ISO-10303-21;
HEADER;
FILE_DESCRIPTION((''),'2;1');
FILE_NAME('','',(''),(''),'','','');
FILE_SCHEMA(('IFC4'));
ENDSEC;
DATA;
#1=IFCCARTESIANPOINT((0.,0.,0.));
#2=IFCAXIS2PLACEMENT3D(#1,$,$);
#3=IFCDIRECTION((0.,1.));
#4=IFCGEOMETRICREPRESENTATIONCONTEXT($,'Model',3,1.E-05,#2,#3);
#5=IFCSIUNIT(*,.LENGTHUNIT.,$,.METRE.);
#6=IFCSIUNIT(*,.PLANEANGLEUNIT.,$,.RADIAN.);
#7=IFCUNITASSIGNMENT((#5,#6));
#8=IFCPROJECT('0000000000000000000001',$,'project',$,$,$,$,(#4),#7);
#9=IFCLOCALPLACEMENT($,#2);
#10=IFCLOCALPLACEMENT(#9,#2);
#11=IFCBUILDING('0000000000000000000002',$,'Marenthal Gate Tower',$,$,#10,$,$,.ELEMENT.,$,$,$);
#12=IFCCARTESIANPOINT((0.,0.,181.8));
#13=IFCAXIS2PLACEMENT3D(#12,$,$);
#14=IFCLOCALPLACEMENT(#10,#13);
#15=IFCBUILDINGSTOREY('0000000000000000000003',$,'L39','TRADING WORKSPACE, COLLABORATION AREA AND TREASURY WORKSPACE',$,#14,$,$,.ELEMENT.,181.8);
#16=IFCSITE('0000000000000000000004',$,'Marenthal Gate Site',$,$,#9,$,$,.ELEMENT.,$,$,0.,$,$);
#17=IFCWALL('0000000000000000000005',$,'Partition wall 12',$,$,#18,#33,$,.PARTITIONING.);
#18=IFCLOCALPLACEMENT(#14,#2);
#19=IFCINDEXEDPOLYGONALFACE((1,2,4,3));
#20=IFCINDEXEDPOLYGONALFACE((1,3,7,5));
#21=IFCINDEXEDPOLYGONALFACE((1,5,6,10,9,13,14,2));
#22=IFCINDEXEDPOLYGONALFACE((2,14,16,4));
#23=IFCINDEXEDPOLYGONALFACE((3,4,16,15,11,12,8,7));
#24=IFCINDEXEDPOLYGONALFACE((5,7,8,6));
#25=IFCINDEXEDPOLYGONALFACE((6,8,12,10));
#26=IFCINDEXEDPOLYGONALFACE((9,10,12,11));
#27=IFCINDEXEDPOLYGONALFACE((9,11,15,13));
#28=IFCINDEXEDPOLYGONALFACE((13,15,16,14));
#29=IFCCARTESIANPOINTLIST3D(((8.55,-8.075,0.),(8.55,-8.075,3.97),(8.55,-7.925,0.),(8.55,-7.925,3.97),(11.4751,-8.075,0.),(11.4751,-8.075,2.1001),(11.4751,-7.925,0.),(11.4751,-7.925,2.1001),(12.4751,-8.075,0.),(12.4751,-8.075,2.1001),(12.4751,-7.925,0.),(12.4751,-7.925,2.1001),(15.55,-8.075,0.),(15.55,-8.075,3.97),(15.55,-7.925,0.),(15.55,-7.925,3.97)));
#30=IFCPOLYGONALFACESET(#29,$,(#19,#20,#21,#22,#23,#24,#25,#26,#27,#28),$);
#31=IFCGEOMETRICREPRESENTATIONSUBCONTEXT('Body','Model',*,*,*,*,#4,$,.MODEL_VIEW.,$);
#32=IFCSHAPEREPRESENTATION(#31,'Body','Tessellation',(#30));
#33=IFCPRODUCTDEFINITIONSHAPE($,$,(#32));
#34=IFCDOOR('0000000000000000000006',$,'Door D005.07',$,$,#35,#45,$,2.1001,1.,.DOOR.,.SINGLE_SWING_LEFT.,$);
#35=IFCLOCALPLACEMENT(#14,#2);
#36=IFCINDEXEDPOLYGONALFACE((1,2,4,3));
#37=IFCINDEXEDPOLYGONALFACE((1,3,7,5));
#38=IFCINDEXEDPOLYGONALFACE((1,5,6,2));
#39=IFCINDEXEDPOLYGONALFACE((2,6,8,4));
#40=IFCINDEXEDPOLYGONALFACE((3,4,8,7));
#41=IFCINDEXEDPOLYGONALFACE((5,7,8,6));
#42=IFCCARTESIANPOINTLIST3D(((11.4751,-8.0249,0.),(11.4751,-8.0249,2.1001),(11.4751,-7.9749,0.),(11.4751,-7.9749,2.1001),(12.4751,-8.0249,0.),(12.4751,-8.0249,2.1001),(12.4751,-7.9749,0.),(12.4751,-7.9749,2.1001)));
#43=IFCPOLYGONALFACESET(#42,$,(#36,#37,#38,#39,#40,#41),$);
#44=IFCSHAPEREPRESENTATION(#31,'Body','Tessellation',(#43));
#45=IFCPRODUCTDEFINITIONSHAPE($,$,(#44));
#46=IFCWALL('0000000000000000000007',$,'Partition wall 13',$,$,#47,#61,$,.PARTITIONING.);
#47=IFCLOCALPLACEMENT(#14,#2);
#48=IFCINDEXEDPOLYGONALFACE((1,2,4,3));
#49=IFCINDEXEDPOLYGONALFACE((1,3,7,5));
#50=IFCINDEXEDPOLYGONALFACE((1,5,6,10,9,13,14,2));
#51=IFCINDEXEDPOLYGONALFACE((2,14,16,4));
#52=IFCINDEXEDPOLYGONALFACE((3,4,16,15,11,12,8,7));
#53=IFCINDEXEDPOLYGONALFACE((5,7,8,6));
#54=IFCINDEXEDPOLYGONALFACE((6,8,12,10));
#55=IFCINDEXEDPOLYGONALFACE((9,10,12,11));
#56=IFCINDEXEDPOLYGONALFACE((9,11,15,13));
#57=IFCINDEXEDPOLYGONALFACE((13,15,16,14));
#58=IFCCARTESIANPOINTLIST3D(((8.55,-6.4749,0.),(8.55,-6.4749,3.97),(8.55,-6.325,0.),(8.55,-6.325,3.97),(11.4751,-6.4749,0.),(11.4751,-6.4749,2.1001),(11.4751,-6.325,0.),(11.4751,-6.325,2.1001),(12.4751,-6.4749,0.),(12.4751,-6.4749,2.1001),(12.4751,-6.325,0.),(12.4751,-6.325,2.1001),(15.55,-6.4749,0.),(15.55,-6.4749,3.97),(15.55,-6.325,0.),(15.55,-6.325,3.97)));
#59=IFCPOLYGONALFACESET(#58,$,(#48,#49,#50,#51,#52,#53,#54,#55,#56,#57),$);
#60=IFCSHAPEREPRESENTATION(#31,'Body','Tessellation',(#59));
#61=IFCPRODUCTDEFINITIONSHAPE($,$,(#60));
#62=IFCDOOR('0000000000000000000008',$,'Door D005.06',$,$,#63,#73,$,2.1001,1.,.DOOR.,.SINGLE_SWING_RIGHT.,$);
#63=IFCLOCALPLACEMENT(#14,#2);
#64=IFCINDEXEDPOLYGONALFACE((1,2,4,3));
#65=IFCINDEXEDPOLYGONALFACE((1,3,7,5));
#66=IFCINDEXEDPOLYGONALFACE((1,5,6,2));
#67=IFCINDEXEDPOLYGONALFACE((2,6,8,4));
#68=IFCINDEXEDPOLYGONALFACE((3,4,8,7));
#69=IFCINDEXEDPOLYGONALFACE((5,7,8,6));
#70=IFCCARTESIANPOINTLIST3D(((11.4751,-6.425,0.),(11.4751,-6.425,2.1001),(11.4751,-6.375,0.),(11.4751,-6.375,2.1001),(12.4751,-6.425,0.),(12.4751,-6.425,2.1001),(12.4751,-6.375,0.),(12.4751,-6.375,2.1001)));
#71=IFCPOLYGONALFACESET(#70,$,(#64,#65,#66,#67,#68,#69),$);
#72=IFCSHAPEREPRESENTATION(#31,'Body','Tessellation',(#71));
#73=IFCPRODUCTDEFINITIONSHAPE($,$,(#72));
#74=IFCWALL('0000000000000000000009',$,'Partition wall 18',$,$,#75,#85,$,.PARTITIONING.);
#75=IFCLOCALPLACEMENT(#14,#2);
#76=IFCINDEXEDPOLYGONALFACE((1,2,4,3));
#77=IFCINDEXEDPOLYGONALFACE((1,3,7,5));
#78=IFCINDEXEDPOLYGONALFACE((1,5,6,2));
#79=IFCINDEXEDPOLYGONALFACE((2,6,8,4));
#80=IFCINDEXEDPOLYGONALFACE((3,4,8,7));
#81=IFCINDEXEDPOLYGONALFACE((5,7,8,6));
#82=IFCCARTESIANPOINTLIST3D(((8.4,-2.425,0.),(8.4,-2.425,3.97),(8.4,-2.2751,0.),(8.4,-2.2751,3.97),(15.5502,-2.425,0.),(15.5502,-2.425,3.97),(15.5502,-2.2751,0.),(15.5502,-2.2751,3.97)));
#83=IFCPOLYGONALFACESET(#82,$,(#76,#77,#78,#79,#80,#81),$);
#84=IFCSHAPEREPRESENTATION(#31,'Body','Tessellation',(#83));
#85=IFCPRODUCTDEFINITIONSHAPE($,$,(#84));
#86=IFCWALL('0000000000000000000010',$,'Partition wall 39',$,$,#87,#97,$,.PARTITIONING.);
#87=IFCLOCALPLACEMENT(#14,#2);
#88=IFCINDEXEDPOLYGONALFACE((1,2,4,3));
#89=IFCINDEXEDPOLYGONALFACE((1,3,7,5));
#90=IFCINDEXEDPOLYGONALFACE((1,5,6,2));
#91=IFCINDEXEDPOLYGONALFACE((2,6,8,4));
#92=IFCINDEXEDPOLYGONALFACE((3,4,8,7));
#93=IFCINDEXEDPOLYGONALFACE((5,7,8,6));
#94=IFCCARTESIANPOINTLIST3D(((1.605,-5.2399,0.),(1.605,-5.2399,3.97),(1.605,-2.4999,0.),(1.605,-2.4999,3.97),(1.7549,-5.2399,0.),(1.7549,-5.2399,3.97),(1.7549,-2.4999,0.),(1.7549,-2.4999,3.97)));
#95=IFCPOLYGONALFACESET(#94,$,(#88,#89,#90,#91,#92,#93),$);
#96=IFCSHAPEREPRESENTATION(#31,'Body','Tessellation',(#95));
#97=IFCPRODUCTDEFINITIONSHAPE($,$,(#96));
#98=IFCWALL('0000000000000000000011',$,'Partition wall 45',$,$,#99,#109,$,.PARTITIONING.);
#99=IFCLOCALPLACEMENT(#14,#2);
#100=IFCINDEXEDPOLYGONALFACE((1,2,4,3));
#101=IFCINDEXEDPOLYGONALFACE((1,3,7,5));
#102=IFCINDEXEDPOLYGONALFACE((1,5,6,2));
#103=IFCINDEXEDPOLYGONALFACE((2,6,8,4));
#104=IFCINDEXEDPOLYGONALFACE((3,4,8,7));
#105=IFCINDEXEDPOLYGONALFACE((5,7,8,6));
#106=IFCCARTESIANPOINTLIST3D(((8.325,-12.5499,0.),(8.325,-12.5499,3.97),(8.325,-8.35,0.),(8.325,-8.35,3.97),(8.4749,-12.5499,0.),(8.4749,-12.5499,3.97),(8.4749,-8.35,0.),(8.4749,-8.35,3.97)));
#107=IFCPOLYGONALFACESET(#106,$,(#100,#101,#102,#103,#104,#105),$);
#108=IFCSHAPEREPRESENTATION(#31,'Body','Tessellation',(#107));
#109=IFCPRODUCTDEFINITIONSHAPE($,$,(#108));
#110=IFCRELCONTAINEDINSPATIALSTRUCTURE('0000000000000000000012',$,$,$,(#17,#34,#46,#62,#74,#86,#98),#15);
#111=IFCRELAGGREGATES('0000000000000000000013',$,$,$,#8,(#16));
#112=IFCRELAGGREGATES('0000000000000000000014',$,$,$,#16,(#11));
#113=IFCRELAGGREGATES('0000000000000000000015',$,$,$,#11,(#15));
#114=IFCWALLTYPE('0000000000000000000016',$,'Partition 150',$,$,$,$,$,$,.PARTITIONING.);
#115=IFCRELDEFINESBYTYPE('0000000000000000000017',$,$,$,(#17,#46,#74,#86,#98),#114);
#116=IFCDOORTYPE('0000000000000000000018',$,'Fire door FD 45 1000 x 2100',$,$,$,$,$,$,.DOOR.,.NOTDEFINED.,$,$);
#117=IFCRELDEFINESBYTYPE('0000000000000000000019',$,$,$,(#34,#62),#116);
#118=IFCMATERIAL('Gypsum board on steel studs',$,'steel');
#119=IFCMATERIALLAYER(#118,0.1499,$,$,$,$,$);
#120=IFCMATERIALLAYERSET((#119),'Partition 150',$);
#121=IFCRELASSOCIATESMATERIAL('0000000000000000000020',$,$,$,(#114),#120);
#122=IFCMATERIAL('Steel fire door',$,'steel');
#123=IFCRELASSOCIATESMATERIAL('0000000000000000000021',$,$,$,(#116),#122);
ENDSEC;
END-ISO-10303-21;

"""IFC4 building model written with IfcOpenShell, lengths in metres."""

from ifc_helpers import new_model, si_unit, direction, frame, frame_2d, origin, place, context, subcontext, project, spatial, rectangle, extrude, material, layer, layer_set, type_object, element, fill, save


model = new_model("IFC4")

# Units and contexts
model_context = context("Model", 3, precision=1e-05, world=origin(), true_north=direction((0.0, 1.0)))
body_context = subcontext(model_context, "Body", "Model", "MODEL_VIEW")
ifc_project = project(units=[si_unit("LENGTHUNIT", "METRE"), si_unit("PLANEANGLEUNIT", "RADIAN")], contexts=[model_context])

# Site, building, storey
site_placement = place(None, origin())
site = spatial("IfcSite", under=ifc_project, at=site_placement, Name="Marenthal Gate Site", CompositionType="ELEMENT", RefElevation=0.0)
building_placement = place(site_placement, origin())
building = spatial("IfcBuilding", under=site, at=building_placement, Name="Marenthal Gate Tower", CompositionType="ELEMENT")
storey_placement = place(building_placement, frame((0.0, 0.0, 181.8)))
storey = spatial("IfcBuildingStorey", under=building, at=storey_placement, Name="L39", Description="TRADING WORKSPACE, COLLABORATION AREA AND TREASURY WORKSPACE", CompositionType="ELEMENT", Elevation=181.8)

# Walls, openings, doors
ifc_material_1 = material(Name="Gypsum board on steel studs", Category="steel")
ifc_layer_1 = layer(ifc_material_1, 0.1499)
ifc_layer_set_1 = layer_set([ifc_layer_1], Name="Partition 150")
wall_type_1 = type_object("IfcWallType", Name="Partition 150", PredefinedType="PARTITIONING", material=ifc_layer_set_1)
wall_1_placement = place(storey_placement, frame((8.55, -8.0, 0.0), z_axis=(0.0, 0.0, 1.0), x_axis=(1.0, 0.0, 0.0)))
wall_1 = element("IfcWall", 1, at=wall_1_placement, inside=storey, type_object=wall_type_1, Name="Partition wall 12", PredefinedType="PARTITIONING", context=body_context, shape_type="SweptSolid", body=[
    extrude(rectangle(XDim=7.0, YDim=0.1499, at=frame_2d((3.5, 0.0))), origin(), (0.0, 0.0, 1.0), 3.97),
])
opening_1_placement = place(wall_1_placement, frame((2.925, 0.0, 0.0)))
opening_1 = element("IfcOpeningElement", 2, at=opening_1_placement, cuts=wall_1, PredefinedType="OPENING", context=body_context, shape_type="SweptSolid", body=[
    extrude(rectangle(XDim=1.0, YDim=2.1001, at=frame_2d((0.5, 1.05))), frame((0.0, 0.085, 0.0), z_axis=(0.0, -1.0, 0.0), x_axis=(1.0, 0.0, 0.0)), (0.0, 0.0, 1.0), 0.1699),
])
ifc_material_2 = material(Name="Steel fire door", Category="steel")
door_type_1 = type_object("IfcDoorType", Name="Fire door FD 45 1000 x 2100", OperationType="NOTDEFINED", PredefinedType="DOOR", material=ifc_material_2)
door_1_placement = place(opening_1_placement, frame((1.0, 0.0, 0.0), z_axis=(0.0, 0.0, 1.0), x_axis=(-1.0, 0.0, 0.0)))
door_1 = element("IfcDoor", 3, at=door_1_placement, inside=storey, type_object=door_type_1, Name="Door D005.07", OperationType="SINGLE_SWING_LEFT", OverallHeight=2.1001, OverallWidth=1.0, PredefinedType="DOOR", context=body_context, shape_type="SweptSolid", body=[
    extrude(rectangle(XDim=1.0, YDim=2.1001, at=frame_2d((0.5, 1.05))), frame((0.0, 0.0249, 0.0), z_axis=(0.0, -1.0, 0.0), x_axis=(1.0, 0.0, 0.0)), (0.0, 0.0, 1.0), 0.05),
])
fill(opening_1, door_1)
wall_2_placement = place(storey_placement, frame((8.55, -6.3999, 0.0), z_axis=(0.0, 0.0, 1.0), x_axis=(1.0, 0.0, 0.0)))
wall_2 = element("IfcWall", 4, at=wall_2_placement, inside=storey, type_object=wall_type_1, Name="Partition wall 13", PredefinedType="PARTITIONING", context=body_context, shape_type="SweptSolid", body=[
    extrude(rectangle(XDim=7.0, YDim=0.1499, at=frame_2d((3.5, 0.0))), origin(), (0.0, 0.0, 1.0), 3.97),
])
opening_2_placement = place(wall_2_placement, frame((2.925, 0.0, 0.0)))
opening_2 = element("IfcOpeningElement", 5, at=opening_2_placement, cuts=wall_2, PredefinedType="OPENING", context=body_context, shape_type="SweptSolid", body=[
    extrude(rectangle(XDim=1.0, YDim=2.1001, at=frame_2d((0.5, 1.05))), frame((0.0, 0.085, 0.0), z_axis=(0.0, -1.0, 0.0), x_axis=(1.0, 0.0, 0.0)), (0.0, 0.0, 1.0), 0.1699),
])
door_2_placement = place(opening_2_placement, origin())
door_2 = element("IfcDoor", 6, at=door_2_placement, inside=storey, type_object=door_type_1, Name="Door D005.06", OperationType="SINGLE_SWING_RIGHT", OverallHeight=2.1001, OverallWidth=1.0, PredefinedType="DOOR", context=body_context, shape_type="SweptSolid", body=[
    extrude(rectangle(XDim=1.0, YDim=2.1001, at=frame_2d((0.5, 1.05))), frame((0.0, 0.0249, 0.0), z_axis=(0.0, -1.0, 0.0), x_axis=(1.0, 0.0, 0.0)), (0.0, 0.0, 1.0), 0.05),
])
fill(opening_2, door_2)

# Walls
wall_3_placement = place(storey_placement, frame((8.3999, -2.3501, 0.0), z_axis=(0.0, 0.0, 1.0), x_axis=(1.0, 0.0, 0.0)))
element("IfcWall", 7, at=wall_3_placement, inside=storey, type_object=wall_type_1, Name="Partition wall 18", PredefinedType="PARTITIONING", context=body_context, shape_type="SweptSolid", body=[
    extrude(rectangle(XDim=7.1501, YDim=0.1499, at=frame_2d((3.5752, 0.0))), origin(), (0.0, 0.0, 1.0), 3.97),
])
wall_4_placement = place(storey_placement, frame((1.6799, -5.24, 0.0), z_axis=(0.0, 0.0, 1.0), x_axis=(0.0, 1.0, 0.0)))
element("IfcWall", 8, at=wall_4_placement, inside=storey, type_object=wall_type_1, Name="Partition wall 39", PredefinedType="PARTITIONING", context=body_context, shape_type="SweptSolid", body=[
    extrude(rectangle(XDim=2.74, YDim=0.1499, at=frame_2d((1.3701, 0.0))), origin(), (0.0, 0.0, 1.0), 3.97),
])
wall_5_placement = place(storey_placement, frame((8.3999, -12.55, 0.0), z_axis=(0.0, 0.0, 1.0), x_axis=(0.0, 1.0, 0.0)))
element("IfcWall", 9, at=wall_5_placement, inside=storey, type_object=wall_type_1, Name="Partition wall 45", PredefinedType="PARTITIONING", context=body_context, shape_type="SweptSolid", body=[
    extrude(rectangle(XDim=4.2, YDim=0.1499, at=frame_2d((2.1001, 0.0))), origin(), (0.0, 0.0, 1.0), 3.97),
])

save(model, "model.ifc")
